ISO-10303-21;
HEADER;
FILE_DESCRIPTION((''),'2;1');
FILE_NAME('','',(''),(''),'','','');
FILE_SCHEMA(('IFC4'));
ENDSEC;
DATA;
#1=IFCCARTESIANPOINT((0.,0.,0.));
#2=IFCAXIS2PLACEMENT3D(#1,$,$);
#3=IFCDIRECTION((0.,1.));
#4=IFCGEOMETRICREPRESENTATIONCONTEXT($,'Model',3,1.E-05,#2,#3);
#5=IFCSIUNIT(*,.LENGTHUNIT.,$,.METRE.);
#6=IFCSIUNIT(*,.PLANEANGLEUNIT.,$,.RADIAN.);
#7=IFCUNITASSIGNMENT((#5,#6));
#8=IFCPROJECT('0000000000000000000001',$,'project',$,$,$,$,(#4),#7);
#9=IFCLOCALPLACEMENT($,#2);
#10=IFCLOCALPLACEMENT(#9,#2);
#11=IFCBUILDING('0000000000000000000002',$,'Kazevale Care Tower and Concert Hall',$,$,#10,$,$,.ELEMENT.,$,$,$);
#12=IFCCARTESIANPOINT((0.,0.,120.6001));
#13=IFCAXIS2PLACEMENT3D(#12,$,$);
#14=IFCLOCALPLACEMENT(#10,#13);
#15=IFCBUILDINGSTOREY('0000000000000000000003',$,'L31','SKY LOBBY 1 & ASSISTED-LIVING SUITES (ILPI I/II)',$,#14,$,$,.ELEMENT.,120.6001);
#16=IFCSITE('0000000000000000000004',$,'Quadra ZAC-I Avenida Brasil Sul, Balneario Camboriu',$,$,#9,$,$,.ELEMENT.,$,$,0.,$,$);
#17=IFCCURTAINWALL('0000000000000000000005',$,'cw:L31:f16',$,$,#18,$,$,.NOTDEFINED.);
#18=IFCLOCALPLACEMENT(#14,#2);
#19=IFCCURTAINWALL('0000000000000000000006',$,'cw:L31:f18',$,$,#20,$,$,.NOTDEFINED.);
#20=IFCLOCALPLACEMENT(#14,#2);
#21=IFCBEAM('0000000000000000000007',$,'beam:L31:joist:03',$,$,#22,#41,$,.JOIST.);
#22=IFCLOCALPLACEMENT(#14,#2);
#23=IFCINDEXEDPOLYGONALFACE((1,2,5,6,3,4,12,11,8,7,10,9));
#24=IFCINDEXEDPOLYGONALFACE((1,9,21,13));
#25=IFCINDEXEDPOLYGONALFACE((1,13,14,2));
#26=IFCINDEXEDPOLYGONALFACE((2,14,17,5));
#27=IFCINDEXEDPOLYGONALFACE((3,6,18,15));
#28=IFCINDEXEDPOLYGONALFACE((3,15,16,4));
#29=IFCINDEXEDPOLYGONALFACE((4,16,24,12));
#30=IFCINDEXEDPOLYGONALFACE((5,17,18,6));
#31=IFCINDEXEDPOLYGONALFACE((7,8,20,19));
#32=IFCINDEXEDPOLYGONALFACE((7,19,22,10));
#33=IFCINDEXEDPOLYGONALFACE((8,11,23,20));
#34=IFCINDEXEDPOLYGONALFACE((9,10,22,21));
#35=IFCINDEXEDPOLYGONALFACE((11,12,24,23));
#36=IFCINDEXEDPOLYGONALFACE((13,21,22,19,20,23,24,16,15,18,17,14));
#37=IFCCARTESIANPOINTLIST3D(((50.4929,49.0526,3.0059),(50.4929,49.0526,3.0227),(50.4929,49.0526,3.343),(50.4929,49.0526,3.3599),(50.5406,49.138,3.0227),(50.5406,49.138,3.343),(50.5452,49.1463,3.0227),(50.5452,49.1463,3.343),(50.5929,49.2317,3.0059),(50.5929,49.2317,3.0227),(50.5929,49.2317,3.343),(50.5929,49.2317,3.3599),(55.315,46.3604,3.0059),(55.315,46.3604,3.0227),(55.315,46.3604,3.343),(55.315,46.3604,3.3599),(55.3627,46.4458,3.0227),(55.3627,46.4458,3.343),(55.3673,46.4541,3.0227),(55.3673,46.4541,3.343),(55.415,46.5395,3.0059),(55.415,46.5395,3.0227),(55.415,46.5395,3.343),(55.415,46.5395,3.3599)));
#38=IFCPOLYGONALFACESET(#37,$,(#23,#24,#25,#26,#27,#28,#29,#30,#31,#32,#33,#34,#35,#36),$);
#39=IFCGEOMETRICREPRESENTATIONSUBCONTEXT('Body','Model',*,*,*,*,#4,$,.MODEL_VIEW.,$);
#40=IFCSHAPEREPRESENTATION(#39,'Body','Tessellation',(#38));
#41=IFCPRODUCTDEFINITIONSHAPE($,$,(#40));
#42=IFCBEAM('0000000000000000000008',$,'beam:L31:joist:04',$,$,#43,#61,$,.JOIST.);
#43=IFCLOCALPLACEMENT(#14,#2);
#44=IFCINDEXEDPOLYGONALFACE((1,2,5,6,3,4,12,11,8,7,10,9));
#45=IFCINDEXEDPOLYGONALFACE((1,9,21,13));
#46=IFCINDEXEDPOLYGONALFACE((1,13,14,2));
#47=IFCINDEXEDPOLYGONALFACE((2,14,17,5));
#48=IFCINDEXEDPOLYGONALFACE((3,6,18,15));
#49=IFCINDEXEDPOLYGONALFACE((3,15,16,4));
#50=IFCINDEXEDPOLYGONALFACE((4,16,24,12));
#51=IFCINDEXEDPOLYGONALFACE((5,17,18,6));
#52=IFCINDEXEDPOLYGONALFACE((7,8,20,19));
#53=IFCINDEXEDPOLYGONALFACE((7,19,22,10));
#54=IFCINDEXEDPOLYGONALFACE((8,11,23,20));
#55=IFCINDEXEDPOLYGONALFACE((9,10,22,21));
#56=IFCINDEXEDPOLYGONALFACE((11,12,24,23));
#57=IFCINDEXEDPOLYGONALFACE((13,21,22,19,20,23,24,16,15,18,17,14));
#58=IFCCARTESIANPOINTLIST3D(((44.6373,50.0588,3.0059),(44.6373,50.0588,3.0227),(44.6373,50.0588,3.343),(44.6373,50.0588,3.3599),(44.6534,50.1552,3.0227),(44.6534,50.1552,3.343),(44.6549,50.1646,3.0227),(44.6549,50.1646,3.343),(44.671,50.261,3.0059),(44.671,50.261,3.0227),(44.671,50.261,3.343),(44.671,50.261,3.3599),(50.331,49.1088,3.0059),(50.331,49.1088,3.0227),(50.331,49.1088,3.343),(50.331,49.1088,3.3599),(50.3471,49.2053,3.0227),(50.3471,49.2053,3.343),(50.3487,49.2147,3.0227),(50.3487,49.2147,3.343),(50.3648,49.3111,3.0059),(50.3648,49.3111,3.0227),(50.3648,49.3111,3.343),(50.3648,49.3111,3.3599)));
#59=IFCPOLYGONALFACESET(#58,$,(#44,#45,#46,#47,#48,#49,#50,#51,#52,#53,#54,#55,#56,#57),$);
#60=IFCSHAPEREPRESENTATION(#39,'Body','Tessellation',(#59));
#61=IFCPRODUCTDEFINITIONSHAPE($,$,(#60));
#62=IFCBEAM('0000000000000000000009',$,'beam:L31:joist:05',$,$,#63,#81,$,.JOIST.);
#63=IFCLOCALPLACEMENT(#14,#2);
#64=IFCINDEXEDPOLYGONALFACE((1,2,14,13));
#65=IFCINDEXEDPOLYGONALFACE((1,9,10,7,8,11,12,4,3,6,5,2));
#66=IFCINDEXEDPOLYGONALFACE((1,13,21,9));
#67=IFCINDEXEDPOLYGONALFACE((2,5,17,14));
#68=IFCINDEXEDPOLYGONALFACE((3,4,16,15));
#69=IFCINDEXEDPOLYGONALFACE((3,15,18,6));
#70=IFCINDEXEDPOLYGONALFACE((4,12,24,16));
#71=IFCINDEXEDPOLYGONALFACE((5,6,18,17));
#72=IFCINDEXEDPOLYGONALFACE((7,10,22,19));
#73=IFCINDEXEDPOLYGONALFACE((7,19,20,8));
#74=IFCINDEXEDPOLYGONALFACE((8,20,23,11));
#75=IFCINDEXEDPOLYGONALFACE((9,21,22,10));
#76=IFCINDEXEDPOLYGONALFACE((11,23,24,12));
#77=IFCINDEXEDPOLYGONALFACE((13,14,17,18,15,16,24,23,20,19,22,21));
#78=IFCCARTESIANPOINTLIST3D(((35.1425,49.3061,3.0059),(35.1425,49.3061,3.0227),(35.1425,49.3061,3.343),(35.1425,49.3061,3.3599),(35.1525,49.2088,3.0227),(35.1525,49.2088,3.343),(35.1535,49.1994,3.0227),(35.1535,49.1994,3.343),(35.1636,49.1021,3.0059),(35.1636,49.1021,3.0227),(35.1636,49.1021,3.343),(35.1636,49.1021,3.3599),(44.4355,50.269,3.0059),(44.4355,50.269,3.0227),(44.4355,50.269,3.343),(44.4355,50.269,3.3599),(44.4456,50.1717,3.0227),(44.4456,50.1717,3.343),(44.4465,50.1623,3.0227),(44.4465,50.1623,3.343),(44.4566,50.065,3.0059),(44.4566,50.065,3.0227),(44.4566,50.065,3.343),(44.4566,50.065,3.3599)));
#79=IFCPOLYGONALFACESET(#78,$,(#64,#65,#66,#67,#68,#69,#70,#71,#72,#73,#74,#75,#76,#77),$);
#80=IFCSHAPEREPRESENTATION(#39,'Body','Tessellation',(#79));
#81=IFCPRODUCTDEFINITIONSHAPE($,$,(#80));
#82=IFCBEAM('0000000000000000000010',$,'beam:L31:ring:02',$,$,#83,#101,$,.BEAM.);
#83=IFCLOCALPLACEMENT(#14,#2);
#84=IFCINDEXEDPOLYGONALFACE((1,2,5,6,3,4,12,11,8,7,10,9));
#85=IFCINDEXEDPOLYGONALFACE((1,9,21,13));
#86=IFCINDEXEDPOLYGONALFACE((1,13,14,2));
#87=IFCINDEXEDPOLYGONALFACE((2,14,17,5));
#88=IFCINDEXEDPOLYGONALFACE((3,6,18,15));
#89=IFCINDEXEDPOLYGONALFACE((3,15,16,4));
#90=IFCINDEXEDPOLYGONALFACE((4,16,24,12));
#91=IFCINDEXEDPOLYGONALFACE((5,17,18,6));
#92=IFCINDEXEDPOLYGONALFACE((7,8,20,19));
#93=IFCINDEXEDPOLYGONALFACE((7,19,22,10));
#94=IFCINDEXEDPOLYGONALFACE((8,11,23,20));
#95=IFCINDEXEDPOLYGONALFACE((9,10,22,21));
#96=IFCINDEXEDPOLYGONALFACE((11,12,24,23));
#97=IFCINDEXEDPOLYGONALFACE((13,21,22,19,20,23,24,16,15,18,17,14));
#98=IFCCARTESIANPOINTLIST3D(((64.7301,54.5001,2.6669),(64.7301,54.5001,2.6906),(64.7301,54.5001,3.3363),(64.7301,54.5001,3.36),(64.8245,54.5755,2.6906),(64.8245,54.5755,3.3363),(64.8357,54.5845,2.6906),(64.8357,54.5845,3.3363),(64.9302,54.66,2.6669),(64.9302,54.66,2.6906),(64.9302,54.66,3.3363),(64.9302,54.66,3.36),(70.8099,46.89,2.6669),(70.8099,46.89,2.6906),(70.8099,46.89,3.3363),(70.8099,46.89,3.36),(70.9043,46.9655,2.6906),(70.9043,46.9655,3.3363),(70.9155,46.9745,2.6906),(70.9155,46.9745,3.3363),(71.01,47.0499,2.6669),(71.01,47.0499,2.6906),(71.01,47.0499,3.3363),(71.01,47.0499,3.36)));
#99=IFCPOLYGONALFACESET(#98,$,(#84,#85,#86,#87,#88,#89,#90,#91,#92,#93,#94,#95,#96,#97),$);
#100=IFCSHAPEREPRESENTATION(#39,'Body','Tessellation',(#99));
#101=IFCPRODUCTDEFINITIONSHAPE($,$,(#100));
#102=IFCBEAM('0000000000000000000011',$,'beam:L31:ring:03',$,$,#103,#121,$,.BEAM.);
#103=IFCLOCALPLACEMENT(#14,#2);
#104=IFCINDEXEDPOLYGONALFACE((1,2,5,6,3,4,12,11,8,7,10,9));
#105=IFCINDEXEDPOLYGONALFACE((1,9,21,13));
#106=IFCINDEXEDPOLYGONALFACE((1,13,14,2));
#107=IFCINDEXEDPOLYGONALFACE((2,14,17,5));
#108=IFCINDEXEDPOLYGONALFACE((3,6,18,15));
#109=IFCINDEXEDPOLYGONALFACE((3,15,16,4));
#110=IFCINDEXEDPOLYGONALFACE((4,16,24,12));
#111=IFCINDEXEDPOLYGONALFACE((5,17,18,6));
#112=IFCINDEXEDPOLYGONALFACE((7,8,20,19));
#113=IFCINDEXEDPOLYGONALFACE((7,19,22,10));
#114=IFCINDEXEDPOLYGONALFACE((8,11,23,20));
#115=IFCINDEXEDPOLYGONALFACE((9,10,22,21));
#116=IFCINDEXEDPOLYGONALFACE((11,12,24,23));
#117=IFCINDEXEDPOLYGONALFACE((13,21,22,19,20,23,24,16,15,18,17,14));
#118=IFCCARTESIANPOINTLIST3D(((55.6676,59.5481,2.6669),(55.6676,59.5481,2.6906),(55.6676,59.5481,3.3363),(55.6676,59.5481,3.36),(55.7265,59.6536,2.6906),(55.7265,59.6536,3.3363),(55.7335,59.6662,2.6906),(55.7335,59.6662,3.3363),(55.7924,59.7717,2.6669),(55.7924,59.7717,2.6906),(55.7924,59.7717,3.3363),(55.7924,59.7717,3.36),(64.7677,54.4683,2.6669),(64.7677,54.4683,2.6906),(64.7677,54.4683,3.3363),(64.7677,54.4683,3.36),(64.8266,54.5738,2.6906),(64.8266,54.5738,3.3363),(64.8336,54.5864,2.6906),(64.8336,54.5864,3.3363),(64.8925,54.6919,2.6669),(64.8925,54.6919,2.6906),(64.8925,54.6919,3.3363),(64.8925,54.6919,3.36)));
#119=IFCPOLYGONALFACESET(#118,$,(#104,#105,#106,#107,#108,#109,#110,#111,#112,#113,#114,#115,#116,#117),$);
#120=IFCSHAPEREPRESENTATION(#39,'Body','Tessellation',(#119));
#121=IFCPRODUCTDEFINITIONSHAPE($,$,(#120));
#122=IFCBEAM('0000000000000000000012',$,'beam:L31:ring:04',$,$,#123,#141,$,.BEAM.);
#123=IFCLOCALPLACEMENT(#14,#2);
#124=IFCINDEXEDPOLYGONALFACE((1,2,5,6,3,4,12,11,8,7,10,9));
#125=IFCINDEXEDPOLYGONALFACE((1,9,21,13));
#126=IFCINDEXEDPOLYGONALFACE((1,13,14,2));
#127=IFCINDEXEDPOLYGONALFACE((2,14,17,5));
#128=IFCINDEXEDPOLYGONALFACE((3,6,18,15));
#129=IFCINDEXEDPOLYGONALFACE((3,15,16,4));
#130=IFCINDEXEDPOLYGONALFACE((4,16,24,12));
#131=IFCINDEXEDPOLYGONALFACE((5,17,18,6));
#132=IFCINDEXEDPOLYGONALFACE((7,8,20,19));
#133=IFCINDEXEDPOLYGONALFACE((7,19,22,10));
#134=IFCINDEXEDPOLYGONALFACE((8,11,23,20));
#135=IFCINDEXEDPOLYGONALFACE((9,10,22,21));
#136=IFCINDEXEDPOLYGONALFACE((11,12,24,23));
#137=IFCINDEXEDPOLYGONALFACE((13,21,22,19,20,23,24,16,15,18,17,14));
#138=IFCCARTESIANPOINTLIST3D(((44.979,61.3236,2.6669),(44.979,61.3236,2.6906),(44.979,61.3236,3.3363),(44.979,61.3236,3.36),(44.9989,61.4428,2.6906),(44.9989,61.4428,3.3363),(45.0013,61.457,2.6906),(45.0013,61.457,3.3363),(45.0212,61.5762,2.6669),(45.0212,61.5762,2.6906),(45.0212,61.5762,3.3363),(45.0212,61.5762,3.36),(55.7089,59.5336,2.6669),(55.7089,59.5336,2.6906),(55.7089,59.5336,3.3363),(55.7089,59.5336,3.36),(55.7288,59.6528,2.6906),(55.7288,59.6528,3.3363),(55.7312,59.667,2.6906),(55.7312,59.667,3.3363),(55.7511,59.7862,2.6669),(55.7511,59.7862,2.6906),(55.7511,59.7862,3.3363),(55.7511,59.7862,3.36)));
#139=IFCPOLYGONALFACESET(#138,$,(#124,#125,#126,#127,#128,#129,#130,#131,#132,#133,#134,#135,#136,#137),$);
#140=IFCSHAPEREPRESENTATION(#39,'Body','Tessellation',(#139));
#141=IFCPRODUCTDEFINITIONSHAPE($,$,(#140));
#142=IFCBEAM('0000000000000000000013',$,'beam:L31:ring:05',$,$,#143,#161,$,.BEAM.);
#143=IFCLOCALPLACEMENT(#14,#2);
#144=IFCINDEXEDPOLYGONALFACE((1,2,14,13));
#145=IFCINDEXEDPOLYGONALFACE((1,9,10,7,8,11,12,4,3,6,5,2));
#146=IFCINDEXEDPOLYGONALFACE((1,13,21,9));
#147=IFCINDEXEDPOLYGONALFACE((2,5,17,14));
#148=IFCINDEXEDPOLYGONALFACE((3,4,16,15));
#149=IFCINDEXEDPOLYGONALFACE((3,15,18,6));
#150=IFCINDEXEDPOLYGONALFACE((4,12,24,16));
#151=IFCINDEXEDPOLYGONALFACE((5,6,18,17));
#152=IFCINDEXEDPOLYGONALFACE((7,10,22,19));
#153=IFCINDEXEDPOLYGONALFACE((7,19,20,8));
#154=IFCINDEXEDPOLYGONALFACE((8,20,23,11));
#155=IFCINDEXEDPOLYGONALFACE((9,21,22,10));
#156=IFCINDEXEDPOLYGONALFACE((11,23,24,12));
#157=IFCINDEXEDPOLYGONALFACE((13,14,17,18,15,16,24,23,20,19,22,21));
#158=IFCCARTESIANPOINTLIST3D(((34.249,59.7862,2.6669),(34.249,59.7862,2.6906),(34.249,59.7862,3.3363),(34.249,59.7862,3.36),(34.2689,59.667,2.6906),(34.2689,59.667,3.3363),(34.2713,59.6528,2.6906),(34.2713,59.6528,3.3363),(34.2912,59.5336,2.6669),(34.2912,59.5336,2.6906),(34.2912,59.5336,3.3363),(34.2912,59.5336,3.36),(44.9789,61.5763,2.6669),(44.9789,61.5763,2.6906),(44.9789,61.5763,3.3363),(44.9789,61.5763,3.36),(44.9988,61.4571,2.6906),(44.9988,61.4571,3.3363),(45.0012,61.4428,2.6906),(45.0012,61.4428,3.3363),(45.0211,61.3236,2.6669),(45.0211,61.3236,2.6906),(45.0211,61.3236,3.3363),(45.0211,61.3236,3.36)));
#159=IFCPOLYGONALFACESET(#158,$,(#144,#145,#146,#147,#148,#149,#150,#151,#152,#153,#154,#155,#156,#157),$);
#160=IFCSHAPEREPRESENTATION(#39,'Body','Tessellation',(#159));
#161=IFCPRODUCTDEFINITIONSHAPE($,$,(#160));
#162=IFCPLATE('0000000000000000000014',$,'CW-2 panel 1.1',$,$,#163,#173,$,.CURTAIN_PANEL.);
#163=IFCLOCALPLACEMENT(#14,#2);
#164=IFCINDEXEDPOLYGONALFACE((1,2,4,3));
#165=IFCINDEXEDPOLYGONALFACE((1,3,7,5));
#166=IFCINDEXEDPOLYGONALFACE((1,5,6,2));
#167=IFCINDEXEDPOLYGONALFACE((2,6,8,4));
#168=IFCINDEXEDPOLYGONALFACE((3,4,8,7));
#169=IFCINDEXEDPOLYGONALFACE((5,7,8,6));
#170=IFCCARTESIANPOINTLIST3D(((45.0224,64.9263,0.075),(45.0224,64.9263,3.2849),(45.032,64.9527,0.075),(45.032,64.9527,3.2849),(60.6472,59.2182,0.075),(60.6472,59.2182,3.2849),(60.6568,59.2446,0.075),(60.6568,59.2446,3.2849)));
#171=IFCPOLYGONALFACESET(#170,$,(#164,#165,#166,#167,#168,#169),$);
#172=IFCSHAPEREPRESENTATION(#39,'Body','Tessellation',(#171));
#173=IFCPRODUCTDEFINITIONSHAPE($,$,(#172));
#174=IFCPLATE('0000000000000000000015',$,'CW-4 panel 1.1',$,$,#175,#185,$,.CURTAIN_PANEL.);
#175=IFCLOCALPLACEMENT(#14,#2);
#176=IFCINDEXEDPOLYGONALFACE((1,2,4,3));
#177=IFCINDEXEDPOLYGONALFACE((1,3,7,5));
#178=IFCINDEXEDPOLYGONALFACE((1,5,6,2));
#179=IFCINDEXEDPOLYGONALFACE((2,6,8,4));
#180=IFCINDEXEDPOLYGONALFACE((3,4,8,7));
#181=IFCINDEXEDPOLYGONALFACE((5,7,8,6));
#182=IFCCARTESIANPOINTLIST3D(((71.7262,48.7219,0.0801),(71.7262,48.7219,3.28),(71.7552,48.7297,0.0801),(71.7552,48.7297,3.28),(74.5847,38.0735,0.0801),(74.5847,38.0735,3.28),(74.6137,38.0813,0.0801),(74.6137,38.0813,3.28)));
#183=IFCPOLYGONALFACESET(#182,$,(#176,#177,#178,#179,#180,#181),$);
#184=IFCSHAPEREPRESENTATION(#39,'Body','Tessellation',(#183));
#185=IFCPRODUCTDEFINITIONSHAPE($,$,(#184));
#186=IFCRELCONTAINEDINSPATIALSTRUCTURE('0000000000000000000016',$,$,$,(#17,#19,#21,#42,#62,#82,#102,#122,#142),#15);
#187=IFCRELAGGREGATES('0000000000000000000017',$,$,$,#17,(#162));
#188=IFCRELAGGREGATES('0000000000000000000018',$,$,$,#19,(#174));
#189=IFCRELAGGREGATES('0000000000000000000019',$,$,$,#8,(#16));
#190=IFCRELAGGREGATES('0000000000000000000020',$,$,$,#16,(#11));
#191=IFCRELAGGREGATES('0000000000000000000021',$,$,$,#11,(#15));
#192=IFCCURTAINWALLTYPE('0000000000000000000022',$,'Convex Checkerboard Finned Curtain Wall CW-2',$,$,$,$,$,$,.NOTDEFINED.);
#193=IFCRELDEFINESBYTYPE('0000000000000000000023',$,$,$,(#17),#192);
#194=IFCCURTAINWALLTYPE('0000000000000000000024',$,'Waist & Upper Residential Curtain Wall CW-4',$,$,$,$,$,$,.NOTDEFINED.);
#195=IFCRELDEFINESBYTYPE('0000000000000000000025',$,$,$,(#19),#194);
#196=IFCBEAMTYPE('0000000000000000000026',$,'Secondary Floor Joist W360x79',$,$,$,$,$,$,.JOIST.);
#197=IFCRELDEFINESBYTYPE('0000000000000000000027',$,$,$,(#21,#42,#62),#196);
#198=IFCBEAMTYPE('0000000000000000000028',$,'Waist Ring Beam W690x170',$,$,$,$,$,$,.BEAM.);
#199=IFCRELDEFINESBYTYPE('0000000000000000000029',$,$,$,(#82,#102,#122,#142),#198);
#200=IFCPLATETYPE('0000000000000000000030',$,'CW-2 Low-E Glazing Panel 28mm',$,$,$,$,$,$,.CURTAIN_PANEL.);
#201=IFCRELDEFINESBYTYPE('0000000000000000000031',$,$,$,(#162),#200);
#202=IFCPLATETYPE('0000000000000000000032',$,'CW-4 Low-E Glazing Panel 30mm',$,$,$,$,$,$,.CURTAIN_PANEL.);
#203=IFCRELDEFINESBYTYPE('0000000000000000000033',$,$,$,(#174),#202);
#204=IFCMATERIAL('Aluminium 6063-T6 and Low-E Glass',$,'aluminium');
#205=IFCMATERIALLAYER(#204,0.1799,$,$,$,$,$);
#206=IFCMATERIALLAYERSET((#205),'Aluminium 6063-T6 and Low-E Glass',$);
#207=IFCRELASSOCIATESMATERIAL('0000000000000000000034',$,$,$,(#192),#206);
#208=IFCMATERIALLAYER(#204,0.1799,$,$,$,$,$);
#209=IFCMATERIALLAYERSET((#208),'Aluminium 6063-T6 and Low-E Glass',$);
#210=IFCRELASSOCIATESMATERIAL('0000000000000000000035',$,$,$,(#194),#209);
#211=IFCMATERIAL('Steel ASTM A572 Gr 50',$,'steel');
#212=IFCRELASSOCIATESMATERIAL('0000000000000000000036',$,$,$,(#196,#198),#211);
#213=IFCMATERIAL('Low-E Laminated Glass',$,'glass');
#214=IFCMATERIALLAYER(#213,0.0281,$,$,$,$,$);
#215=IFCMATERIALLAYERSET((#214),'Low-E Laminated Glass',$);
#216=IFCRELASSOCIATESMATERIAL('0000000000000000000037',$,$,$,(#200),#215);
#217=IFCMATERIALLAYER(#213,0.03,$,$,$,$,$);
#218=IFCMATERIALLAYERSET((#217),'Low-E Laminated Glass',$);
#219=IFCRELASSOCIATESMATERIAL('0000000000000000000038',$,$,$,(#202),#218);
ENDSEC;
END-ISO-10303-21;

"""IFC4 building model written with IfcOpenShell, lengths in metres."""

from ifc_helpers import new_model, si_unit, direction, frame, origin, origin_2d, place, context, subcontext, project, spatial, rectangle, i_section, extrude, material, layer, layer_set, material_profile, profile_set, type_object, element, aggregate, save


model = new_model("IFC4")

# Units and contexts
model_context = context("Model", 3, precision=1e-05, world=origin(), true_north=direction((0.0, 1.0)))
body_context = subcontext(model_context, "Body", "Model", "MODEL_VIEW")
ifc_project = project(units=[si_unit("LENGTHUNIT", "METRE"), si_unit("PLANEANGLEUNIT", "RADIAN")], contexts=[model_context])

# Site, building, storey
site_placement = place(None, origin())
site = spatial("IfcSite", under=ifc_project, at=site_placement, Name="Quadra ZAC-I Avenida Brasil Sul, Balneario Camboriu", CompositionType="ELEMENT", RefElevation=0.0)
building_placement = place(site_placement, origin())
building = spatial("IfcBuilding", under=site, at=building_placement, Name="Kazevale Care Tower and Concert Hall", CompositionType="ELEMENT")
storey_placement = place(building_placement, frame((0.0, 0.0, 120.6001)))
storey = spatial("IfcBuildingStorey", under=building, at=storey_placement, Name="L31", Description="SKY LOBBY 1 & ASSISTED-LIVING SUITES (ILPI I/II)", CompositionType="ELEMENT", Elevation=120.6001)

# Curtain wall
ifc_material_1 = material(Name="Aluminium 6063-T6 and Low-E Glass", Category="aluminium")
ifc_layer_1 = layer(ifc_material_1, 0.1799)
ifc_layer_set_1 = layer_set([ifc_layer_1], Name="Aluminium 6063-T6 and Low-E Glass")
curtain_wall_type_1 = type_object("IfcCurtainWallType", Name="Convex Checkerboard Finned Curtain Wall CW-2", PredefinedType="NOTDEFINED", material=ifc_layer_set_1)
curtain_wall_1_placement = place(storey_placement, origin())
curtain_wall_1 = element("IfcCurtainWall", 1, at=curtain_wall_1_placement, inside=storey, type_object=curtain_wall_type_1, Name="cw:L31:f16", PredefinedType="NOTDEFINED")

# Curtain wall
ifc_layer_2 = layer(ifc_material_1, 0.1799)
ifc_layer_set_2 = layer_set([ifc_layer_2], Name="Aluminium 6063-T6 and Low-E Glass")
curtain_wall_type_2 = type_object("IfcCurtainWallType", Name="Waist & Upper Residential Curtain Wall CW-4", PredefinedType="NOTDEFINED", material=ifc_layer_set_2)
curtain_wall_2_placement = place(storey_placement, origin())
curtain_wall_2 = element("IfcCurtainWall", 2, at=curtain_wall_2_placement, inside=storey, type_object=curtain_wall_type_2, Name="cw:L31:f18", PredefinedType="NOTDEFINED")

# Beams
ifc_material_2 = material(Name="Steel ASTM A572 Gr 50", Category="steel")
ifc_material_profile_1 = material_profile(ifc_material_2, i_section(OverallWidth=0.2051, OverallDepth=0.354, WebThickness=0.0095, FlangeThickness=0.0168, at=origin_2d()), Name="W360x79")
ifc_profile_set_1 = profile_set([ifc_material_profile_1], Name="Steel ASTM A572 Gr 50")
beam_type_1 = type_object("IfcBeamType", Name="Secondary Floor Joist W360x79", PredefinedType="JOIST", material=ifc_profile_set_1)
beam_1_placement = place(storey_placement, frame((55.365, 46.45, 3.1829), z_axis=(-0.873138, 0.487474, 0.0), x_axis=(-0.487474, -0.873138, 0.0)))
element("IfcBeam", 3, at=beam_1_placement, inside=storey, type_object=beam_type_1, Name="beam:L31:joist:03", PredefinedType="JOIST", context=body_context, shape_type="SweptSolid", body=[
    extrude(i_section(OverallWidth=0.2051, OverallDepth=0.354, WebThickness=0.0095, FlangeThickness=0.0168, at=origin_2d()), origin(), (0.0, 0.0, 1.0), 5.5227),
])
beam_2_placement = place(storey_placement, frame((50.3479, 49.21, 3.1829), z_axis=(-0.986366, 0.164564, 0.0), x_axis=(-0.164564, -0.986366, 0.0)))
element("IfcBeam", 4, at=beam_2_placement, inside=storey, type_object=beam_type_1, Name="beam:L31:joist:04", PredefinedType="JOIST", context=body_context, shape_type="SweptSolid", body=[
    extrude(i_section(OverallWidth=0.2051, OverallDepth=0.354, WebThickness=0.0095, FlangeThickness=0.0168, at=origin_2d()), origin(), (0.0, 0.0, 1.0), 5.7725),
])
beam_3_placement = place(storey_placement, frame((44.446, 50.167, 3.1829), z_axis=(-0.994675, -0.103063, 0.0), x_axis=(0.103063, -0.994675, 0.0)))
element("IfcBeam", 5, at=beam_3_placement, inside=storey, type_object=beam_type_1, Name="beam:L31:joist:05", PredefinedType="JOIST", context=body_context, shape_type="SweptSolid", body=[
    extrude(i_section(OverallWidth=0.2051, OverallDepth=0.354, WebThickness=0.0095, FlangeThickness=0.0168, at=origin_2d()), origin(), (0.0, 0.0, 1.0), 9.3428),
])
ifc_material_profile_2 = material_profile(ifc_material_2, i_section(OverallWidth=0.2561, OverallDepth=0.6931, WebThickness=0.0144, FlangeThickness=0.0237, at=origin_2d()), Name="W690x170")
ifc_profile_set_2 = profile_set([ifc_material_profile_2], Name="Steel ASTM A572 Gr 50")
beam_type_2 = type_object("IfcBeamType", Name="Waist Ring Beam W690x170", PredefinedType="BEAM", material=ifc_profile_set_2)
beam_4_placement = place(storey_placement, frame((70.9099, 46.97, 3.0134), z_axis=(-0.624178, 0.781282, 0.0), x_axis=(-0.781282, -0.624178, 0.0)))
element("IfcBeam", 6, at=beam_4_placement, inside=storey, type_object=beam_type_2, Name="beam:L31:ring:02", PredefinedType="BEAM", context=body_context, shape_type="SweptSolid", body=[
    extrude(i_section(OverallWidth=0.2561, OverallDepth=0.6931, WebThickness=0.0144, FlangeThickness=0.0237, at=origin_2d()), origin(), (0.0, 0.0, 1.0), 9.7405),
])
beam_5_placement = place(storey_placement, frame((64.8301, 54.5801, 3.0134), z_axis=(-0.873169, 0.487418, 0.0), x_axis=(-0.487418, -0.873169, 0.0)))
element("IfcBeam", 7, at=beam_5_placement, inside=storey, type_object=beam_type_2, Name="beam:L31:ring:03", PredefinedType="BEAM", context=body_context, shape_type="SweptSolid", body=[
    extrude(i_section(OverallWidth=0.2561, OverallDepth=0.6931, WebThickness=0.0144, FlangeThickness=0.0237, at=origin_2d()), origin(), (0.0, 0.0, 1.0), 10.4219),
])
for number, where, z_axis, x_axis, name in (
    (8, (55.73, 59.6599, 3.0134), (-0.986368, 0.164552, 0.0), (-0.164552, -0.986368, 0.0), "beam:L31:ring:04"),
    (9, (45.0, 61.45, 3.0134), (-0.986368, -0.164552, 0.0), (0.164552, -0.986368, 0.0), "beam:L31:ring:05"),
):
    element("IfcBeam", number, at=place(storey_placement, frame(where, z_axis=z_axis, x_axis=x_axis)), inside=storey, type_object=beam_type_2, Name=name, PredefinedType="BEAM", context=body_context, shape_type="SweptSolid", body=[
        extrude(i_section(OverallWidth=0.2561, OverallDepth=0.6931, WebThickness=0.0144, FlangeThickness=0.0237, at=origin_2d()), origin(), (0.0, 0.0, 1.0), 10.8782),
    ])

# Plates
ifc_material_3 = material(Name="Low-E Laminated Glass", Category="glass")
ifc_layer_3 = layer(ifc_material_3, 0.0281)
ifc_layer_set_3 = layer_set([ifc_layer_3], Name="Low-E Laminated Glass")
plate_type_1 = type_object("IfcPlateType", Name="CW-2 Low-E Glazing Panel 28mm", PredefinedType="CURTAIN_PANEL", material=ifc_layer_set_3)
plate_1_placement = place(storey_placement, frame((52.8396, 62.0854, 0.075), z_axis=(0.0, 0.0, 1.0), x_axis=(0.939283, -0.343143, 0.0)))
plate_1 = element("IfcPlate", 10, at=plate_1_placement, type_object=plate_type_1, Name="CW-2 panel 1.1", PredefinedType="CURTAIN_PANEL", context=body_context, shape_type="SweptSolid", body=[
    extrude(rectangle(XDim=16.6348, YDim=0.0281, at=origin_2d()), origin(), (0.0, 0.0, 1.0), 3.21),
])
aggregate(curtain_wall_1, [plate_1])
ifc_layer_4 = layer(ifc_material_3, 0.03)
ifc_layer_set_4 = layer_set([ifc_layer_4], Name="Low-E Laminated Glass")
plate_type_2 = type_object("IfcPlateType", Name="CW-4 Low-E Glazing Panel 30mm", PredefinedType="CURTAIN_PANEL", material=ifc_layer_set_4)
plate_2_placement = place(storey_placement, frame((73.1699, 43.4016, 0.0801), z_axis=(0.0, 0.0, 1.0), x_axis=(0.259265, -0.965806, 0.0)))
plate_2 = element("IfcPlate", 11, at=plate_2_placement, type_object=plate_type_2, Name="CW-4 panel 1.1", PredefinedType="CURTAIN_PANEL", context=body_context, shape_type="SweptSolid", body=[
    extrude(rectangle(XDim=11.0254, YDim=0.03, at=origin_2d()), origin(), (0.0, 0.0, 1.0), 3.2),
])
aggregate(curtain_wall_2, [plate_2])

save(model, "model.ifc")
